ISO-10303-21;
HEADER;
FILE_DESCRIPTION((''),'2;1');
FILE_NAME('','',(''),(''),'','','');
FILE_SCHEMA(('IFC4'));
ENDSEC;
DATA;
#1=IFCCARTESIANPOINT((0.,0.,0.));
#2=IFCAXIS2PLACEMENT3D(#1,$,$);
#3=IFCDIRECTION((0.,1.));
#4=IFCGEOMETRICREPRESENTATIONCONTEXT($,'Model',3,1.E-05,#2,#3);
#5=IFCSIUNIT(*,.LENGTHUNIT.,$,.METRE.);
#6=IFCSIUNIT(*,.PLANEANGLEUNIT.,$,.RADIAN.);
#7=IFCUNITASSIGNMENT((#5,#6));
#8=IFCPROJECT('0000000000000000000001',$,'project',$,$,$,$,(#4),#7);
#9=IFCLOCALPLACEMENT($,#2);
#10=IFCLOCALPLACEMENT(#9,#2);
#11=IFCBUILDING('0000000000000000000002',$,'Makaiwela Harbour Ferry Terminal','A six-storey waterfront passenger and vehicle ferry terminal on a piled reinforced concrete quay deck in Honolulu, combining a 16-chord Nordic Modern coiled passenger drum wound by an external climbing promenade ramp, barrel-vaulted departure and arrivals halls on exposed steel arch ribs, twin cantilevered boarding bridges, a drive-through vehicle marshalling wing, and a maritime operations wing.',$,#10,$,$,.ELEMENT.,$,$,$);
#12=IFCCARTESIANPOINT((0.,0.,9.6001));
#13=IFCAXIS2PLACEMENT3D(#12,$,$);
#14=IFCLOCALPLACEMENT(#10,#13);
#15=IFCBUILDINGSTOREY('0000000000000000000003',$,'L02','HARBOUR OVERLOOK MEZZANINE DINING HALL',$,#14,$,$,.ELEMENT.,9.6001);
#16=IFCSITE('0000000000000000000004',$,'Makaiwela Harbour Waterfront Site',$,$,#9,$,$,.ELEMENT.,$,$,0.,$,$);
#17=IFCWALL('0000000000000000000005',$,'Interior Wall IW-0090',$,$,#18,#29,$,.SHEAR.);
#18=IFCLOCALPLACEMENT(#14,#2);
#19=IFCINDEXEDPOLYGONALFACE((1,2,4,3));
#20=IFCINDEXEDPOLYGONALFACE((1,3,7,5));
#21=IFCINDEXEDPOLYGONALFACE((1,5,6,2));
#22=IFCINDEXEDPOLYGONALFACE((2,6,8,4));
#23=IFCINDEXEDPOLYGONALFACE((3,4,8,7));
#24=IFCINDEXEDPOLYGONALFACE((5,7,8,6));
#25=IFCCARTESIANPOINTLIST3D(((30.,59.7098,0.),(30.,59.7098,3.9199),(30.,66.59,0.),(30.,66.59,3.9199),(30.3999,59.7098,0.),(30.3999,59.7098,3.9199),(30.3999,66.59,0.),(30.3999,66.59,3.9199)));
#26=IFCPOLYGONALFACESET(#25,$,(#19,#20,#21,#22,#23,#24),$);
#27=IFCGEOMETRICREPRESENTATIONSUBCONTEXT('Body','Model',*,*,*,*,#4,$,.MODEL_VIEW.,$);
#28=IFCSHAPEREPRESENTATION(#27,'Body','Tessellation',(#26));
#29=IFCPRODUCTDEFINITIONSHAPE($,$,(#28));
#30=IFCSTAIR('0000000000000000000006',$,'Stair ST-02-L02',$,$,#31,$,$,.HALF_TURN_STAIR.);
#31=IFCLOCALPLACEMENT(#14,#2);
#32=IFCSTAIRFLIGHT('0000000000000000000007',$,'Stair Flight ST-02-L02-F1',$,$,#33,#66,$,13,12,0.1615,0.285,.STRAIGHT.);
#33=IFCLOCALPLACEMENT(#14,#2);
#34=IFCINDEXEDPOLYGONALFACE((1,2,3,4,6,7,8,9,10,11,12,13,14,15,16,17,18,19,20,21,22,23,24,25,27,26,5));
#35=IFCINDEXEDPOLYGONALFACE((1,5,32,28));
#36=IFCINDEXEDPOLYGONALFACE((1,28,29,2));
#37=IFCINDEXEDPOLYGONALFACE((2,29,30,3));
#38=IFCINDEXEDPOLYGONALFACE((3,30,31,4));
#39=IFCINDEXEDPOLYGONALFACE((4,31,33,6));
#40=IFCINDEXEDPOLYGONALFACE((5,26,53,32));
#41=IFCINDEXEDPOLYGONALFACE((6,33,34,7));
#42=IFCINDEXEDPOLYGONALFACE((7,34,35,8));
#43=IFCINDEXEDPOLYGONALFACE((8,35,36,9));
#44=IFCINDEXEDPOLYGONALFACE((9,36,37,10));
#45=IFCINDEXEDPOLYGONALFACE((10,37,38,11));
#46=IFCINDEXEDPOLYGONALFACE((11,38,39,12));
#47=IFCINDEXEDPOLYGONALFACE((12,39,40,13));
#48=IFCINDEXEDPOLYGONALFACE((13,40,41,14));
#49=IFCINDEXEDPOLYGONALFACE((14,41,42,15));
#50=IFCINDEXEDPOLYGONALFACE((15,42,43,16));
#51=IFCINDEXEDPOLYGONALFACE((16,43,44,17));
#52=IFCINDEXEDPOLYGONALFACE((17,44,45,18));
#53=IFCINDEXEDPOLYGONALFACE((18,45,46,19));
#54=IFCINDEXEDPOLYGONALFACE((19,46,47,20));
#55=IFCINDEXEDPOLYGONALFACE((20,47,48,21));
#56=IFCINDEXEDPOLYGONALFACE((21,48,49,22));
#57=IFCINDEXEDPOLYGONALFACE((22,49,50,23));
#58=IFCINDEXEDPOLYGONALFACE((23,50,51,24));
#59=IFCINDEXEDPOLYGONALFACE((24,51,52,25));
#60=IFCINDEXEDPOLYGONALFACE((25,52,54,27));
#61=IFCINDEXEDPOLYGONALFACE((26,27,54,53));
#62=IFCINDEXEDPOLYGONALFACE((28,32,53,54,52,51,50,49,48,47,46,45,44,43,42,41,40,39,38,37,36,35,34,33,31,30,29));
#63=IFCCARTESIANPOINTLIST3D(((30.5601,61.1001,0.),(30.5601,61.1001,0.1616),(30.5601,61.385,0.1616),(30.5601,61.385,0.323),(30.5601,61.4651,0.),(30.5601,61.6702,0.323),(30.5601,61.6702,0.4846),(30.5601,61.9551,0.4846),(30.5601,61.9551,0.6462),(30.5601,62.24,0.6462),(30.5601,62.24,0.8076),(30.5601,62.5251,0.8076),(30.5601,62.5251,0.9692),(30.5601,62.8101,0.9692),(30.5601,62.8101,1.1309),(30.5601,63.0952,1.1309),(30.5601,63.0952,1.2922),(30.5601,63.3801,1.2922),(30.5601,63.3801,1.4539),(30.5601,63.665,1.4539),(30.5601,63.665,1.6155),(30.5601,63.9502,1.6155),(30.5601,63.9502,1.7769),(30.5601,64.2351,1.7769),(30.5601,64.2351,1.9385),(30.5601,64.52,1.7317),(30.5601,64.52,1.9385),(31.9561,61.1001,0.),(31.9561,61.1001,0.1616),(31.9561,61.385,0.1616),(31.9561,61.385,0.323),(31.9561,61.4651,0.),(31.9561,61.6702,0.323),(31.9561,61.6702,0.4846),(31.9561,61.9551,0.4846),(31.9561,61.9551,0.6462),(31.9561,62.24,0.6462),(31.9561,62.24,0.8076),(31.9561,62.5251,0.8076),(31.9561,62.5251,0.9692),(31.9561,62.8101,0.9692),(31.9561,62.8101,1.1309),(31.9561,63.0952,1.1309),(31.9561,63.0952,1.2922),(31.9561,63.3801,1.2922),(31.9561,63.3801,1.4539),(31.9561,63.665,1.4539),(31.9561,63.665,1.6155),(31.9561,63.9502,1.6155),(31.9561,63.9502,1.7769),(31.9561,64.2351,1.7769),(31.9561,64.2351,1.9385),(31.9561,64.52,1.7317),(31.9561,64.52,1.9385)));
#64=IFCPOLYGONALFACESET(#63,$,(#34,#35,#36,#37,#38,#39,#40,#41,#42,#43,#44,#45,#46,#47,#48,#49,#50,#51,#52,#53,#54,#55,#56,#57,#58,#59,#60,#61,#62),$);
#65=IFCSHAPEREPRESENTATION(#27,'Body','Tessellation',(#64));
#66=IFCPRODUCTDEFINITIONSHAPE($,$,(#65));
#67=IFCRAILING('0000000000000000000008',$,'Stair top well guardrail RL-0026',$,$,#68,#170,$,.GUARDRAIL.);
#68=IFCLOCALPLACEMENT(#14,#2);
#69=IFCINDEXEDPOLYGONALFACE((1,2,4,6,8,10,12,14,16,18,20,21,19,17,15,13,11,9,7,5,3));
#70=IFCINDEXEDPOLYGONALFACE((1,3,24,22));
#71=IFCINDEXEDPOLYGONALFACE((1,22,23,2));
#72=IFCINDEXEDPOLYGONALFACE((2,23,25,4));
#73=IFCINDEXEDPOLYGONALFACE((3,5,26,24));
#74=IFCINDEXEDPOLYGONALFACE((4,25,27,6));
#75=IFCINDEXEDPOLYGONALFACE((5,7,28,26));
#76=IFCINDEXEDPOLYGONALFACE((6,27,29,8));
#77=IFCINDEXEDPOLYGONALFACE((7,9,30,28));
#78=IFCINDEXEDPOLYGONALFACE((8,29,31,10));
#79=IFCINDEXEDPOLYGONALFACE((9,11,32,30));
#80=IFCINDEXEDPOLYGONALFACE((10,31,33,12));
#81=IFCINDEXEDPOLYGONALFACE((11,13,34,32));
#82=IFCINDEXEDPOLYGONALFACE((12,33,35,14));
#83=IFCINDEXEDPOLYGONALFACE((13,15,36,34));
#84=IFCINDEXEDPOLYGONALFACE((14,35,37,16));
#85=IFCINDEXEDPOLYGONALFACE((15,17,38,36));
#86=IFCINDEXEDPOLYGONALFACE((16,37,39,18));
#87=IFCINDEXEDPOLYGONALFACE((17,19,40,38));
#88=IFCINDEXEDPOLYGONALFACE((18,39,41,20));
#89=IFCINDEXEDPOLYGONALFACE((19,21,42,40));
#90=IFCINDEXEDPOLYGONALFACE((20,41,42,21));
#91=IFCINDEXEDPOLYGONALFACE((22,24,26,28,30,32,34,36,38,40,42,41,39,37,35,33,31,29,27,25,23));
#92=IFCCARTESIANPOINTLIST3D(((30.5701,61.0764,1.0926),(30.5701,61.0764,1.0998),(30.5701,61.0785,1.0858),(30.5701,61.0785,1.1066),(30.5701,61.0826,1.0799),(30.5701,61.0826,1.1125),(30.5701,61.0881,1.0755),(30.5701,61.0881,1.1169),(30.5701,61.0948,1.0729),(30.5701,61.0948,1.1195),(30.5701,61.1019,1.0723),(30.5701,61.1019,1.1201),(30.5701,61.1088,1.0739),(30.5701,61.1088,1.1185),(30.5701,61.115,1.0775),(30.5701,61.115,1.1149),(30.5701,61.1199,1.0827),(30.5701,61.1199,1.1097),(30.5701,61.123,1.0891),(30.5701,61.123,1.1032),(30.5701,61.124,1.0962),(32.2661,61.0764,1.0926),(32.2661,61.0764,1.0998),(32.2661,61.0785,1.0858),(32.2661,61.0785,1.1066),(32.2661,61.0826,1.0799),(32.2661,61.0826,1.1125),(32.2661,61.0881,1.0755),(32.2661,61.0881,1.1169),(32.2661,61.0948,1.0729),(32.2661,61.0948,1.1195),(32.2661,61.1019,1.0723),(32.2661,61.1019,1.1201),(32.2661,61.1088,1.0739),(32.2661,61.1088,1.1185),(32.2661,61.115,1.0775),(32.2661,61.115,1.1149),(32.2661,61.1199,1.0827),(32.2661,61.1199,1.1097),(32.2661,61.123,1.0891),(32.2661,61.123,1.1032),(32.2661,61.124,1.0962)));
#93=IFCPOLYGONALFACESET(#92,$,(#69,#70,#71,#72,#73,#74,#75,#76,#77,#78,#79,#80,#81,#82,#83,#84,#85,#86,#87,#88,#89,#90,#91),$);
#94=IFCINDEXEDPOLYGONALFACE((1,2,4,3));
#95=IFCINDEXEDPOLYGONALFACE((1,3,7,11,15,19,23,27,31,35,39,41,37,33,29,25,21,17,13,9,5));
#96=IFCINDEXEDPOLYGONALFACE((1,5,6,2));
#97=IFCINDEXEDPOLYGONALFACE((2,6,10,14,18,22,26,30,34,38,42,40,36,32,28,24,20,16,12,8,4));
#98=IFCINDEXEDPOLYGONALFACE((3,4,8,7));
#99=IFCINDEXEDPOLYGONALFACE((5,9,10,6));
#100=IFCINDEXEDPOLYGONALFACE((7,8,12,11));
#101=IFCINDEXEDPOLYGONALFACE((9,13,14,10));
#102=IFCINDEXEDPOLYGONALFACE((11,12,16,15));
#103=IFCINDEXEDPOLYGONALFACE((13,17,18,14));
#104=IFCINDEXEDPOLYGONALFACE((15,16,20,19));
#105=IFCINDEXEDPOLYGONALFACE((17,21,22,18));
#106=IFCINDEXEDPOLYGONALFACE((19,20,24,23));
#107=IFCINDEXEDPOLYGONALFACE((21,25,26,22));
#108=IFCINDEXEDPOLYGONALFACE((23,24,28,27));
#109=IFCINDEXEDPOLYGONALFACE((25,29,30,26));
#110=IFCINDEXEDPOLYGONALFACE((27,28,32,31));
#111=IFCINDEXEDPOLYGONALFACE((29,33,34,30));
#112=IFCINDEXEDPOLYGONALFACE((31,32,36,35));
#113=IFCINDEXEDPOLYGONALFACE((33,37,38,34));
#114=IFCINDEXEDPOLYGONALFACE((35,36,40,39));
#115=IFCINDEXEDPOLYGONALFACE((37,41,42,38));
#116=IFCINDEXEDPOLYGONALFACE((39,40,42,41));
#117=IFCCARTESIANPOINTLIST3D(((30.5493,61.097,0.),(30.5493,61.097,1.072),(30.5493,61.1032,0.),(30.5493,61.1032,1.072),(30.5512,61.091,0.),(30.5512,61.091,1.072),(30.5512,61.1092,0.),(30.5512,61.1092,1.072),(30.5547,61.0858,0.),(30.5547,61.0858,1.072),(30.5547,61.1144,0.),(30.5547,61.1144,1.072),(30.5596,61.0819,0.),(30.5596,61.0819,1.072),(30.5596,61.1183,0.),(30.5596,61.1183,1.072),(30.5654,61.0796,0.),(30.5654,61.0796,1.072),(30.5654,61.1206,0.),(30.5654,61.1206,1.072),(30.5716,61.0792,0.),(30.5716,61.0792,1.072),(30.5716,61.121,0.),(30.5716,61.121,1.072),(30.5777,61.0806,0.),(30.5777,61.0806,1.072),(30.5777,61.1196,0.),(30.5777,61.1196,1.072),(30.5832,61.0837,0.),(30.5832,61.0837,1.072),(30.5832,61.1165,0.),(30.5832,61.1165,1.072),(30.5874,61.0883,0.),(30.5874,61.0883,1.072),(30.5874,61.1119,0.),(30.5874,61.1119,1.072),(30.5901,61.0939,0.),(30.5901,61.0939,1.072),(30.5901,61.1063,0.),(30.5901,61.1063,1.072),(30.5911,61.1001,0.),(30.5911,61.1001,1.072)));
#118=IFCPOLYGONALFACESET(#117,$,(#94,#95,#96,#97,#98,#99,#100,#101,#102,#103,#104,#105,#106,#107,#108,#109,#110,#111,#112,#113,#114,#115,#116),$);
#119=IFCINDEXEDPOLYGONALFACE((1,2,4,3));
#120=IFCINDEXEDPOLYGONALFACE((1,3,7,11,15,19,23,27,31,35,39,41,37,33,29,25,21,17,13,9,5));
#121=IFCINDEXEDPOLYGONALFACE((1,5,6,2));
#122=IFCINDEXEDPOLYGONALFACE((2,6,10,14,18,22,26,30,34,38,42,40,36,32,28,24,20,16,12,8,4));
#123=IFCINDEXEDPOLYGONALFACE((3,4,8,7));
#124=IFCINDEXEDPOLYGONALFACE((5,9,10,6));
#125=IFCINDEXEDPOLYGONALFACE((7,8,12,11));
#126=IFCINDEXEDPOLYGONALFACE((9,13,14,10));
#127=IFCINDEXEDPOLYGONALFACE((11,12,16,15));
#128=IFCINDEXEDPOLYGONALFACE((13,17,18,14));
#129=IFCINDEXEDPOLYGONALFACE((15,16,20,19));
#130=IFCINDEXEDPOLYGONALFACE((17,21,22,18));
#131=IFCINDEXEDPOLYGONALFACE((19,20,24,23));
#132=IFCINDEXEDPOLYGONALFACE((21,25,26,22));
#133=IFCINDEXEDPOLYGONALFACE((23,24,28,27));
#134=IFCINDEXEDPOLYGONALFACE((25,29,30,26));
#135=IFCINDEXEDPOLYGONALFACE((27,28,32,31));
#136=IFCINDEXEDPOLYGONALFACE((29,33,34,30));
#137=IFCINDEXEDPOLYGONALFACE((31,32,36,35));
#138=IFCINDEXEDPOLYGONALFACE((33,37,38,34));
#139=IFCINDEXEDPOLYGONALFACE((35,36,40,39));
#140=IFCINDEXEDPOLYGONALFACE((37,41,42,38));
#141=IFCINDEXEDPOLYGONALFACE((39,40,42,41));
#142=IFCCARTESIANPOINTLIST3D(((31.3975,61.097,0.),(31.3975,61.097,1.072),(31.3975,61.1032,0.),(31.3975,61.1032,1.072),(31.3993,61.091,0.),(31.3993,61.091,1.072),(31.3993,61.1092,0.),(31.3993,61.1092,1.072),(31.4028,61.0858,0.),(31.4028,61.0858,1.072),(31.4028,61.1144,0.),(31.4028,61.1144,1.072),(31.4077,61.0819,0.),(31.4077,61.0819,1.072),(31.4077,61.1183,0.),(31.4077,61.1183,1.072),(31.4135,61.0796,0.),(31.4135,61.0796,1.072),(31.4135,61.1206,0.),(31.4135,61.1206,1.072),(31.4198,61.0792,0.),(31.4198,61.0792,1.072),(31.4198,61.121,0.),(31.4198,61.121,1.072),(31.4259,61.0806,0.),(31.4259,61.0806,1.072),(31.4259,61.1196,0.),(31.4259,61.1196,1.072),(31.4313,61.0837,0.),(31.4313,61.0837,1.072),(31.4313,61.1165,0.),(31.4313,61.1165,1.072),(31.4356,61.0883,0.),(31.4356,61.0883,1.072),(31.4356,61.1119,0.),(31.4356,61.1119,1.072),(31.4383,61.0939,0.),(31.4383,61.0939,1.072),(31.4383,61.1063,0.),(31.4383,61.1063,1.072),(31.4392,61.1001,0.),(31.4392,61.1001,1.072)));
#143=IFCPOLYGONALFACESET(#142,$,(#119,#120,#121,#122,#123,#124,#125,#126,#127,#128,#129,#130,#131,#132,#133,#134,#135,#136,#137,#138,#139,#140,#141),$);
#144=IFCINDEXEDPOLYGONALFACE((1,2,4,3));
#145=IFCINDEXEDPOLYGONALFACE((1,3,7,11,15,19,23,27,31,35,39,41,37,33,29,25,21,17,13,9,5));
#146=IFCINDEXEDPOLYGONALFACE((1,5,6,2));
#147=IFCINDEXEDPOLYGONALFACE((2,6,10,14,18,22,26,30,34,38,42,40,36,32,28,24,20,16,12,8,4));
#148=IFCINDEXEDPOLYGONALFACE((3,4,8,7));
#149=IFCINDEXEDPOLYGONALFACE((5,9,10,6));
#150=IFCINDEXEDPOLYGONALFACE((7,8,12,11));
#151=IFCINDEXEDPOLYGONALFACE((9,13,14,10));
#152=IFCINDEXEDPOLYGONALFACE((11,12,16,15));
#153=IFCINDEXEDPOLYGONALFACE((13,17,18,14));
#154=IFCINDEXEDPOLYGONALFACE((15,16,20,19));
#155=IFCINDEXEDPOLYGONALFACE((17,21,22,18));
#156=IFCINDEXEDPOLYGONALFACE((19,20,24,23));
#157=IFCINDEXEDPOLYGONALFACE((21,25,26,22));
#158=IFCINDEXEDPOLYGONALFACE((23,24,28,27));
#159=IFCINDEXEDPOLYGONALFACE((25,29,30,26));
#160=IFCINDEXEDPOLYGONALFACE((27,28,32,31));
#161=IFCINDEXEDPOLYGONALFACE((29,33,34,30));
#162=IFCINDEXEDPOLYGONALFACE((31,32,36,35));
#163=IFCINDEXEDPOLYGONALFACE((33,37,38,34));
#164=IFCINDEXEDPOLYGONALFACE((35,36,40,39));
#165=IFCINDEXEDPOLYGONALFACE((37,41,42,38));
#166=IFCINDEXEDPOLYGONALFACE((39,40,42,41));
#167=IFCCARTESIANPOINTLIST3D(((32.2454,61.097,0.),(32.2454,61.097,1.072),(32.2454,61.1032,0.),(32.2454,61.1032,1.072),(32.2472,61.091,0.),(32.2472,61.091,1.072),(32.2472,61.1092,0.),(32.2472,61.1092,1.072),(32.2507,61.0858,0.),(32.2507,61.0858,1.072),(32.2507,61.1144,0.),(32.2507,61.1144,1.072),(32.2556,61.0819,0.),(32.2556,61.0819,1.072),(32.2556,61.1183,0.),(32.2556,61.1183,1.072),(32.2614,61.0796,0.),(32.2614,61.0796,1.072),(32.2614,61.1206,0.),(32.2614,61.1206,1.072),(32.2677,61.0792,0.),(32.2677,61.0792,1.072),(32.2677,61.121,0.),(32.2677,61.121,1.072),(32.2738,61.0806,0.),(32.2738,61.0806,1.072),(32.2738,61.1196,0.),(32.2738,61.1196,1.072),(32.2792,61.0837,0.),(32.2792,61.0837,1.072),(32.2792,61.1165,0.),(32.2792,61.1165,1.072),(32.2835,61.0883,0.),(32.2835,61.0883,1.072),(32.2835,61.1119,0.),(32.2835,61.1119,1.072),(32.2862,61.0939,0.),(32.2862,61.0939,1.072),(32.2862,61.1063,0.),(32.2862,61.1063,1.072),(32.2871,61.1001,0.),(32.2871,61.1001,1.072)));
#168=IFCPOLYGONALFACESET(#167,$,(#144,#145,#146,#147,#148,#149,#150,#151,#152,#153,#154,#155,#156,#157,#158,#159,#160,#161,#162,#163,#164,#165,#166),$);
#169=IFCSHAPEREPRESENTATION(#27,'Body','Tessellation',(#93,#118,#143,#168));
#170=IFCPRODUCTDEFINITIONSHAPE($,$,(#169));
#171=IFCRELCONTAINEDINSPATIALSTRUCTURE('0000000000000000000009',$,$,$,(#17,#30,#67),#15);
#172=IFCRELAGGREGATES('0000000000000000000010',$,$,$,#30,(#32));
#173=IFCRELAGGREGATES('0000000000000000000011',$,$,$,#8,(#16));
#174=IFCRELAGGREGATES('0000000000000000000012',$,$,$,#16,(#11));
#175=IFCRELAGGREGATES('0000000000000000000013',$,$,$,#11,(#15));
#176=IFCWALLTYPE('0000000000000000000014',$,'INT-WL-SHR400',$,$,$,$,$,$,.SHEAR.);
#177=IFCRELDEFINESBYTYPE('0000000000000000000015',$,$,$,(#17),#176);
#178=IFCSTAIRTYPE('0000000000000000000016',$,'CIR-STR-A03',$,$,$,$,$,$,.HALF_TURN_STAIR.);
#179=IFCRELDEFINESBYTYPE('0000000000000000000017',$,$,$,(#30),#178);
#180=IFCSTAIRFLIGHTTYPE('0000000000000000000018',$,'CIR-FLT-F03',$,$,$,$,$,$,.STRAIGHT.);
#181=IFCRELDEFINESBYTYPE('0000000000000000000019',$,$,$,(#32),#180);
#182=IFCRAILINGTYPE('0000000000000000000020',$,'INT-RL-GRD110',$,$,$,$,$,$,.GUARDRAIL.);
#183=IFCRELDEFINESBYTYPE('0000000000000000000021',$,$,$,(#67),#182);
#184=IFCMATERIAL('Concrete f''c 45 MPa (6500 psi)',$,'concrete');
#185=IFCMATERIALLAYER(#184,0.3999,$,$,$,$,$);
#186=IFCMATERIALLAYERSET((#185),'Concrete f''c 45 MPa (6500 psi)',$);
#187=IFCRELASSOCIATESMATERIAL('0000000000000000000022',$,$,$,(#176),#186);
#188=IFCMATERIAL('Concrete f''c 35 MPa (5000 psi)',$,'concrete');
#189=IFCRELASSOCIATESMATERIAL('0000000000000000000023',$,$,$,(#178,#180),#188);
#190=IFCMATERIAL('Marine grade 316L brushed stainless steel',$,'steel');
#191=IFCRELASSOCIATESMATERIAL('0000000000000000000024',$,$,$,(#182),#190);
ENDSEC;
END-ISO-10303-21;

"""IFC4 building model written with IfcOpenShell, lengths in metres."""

from ifc_helpers import new_model, si_unit, direction, frame, frame_2d, origin, origin_2d, place, context, subcontext, project, spatial, polyline, rectangle, circle, outline, extrude, material, layer, layer_set, type_object, element, aggregate, save


model = new_model("IFC4")

# Units and contexts
model_context = context("Model", 3, precision=1e-05, world=origin(), true_north=direction((0.0, 1.0)))
body_context = subcontext(model_context, "Body", "Model", "MODEL_VIEW")
ifc_project = project(units=[si_unit("LENGTHUNIT", "METRE"), si_unit("PLANEANGLEUNIT", "RADIAN")], contexts=[model_context])

# Site, building, storey
site_placement = place(None, origin())
site = spatial("IfcSite", under=ifc_project, at=site_placement, Name="Makaiwela Harbour Waterfront Site", CompositionType="ELEMENT", RefElevation=0.0)
building_placement = place(site_placement, origin())
building = spatial("IfcBuilding", under=site, at=building_placement, Name="Makaiwela Harbour Ferry Terminal", Description="A six-storey waterfront passenger and vehicle ferry terminal on a piled reinforced concrete quay deck in Honolulu, combining a 16-chord Nordic Modern coiled passenger drum wound by an external climbing promenade ramp, barrel-vaulted departure and arrivals halls on exposed steel arch ribs, twin cantilevered boarding bridges, a drive-through vehicle marshalling wing, and a maritime operations wing.", CompositionType="ELEMENT")
storey_placement = place(building_placement, frame((0.0, 0.0, 9.6001)))
storey = spatial("IfcBuildingStorey", under=building, at=storey_placement, Name="L02", Description="HARBOUR OVERLOOK MEZZANINE DINING HALL", CompositionType="ELEMENT", Elevation=9.6001)

# Shared definitions
ifc_material_1 = material(Name="Concrete f'c 45 MPa (6500 psi)", Category="concrete")
ifc_layer_1 = layer(ifc_material_1, 0.3999)
ifc_layer_set_1 = layer_set([ifc_layer_1], Name="Concrete f'c 45 MPa (6500 psi)")
wall_type_1 = type_object("IfcWallType", Name="INT-WL-SHR400", PredefinedType="SHEAR", material=ifc_layer_set_1)
ifc_material_2 = material(Name="Marine grade 316L brushed stainless steel", Category="steel")

# Wall
wall_1_placement = place(storey_placement, frame((30.2, 59.71, 0.0), z_axis=(0.0, 0.0, 1.0), x_axis=(0.0, 1.0, 0.0)))
element("IfcWall", 1, at=wall_1_placement, inside=storey, type_object=wall_type_1, Name="Interior Wall IW-0090", PredefinedType="SHEAR", context=body_context, shape_type="SweptSolid", body=[
    extrude(rectangle(XDim=6.8801, YDim=0.3999, at=frame_2d((3.4399, 0.0))), origin(), (0.0, 0.0, 1.0), 3.9199),
])

# Stair, stair flight
ifc_material_3 = material(Name="Concrete f'c 35 MPa (5000 psi)", Category="concrete")
stair_type = type_object("IfcStairType", Name="CIR-STR-A03", PredefinedType="HALF_TURN_STAIR", material=ifc_material_3)
stair_placement = place(storey_placement, origin())
stair = element("IfcStair", 2, at=stair_placement, inside=storey, type_object=stair_type, Name="Stair ST-02-L02", PredefinedType="HALF_TURN_STAIR")
stair_flight_type = type_object("IfcStairFlightType", Name="CIR-FLT-F03", PredefinedType="STRAIGHT", material=ifc_material_3)
stair_flight_placement = place(storey_placement, frame((31.2581, 61.1001, 0.0), z_axis=(0.0, 0.0, 1.0), x_axis=(0.0, 1.0, 0.0)))
stair_flight = element("IfcStairFlight", 3, at=stair_flight_placement, type_object=stair_flight_type, Name="Stair Flight ST-02-L02-F1", NumberOfRisers=13, NumberOfTreads=12, PredefinedType="STRAIGHT", RiserHeight=0.1615, TreadLength=0.285, context=body_context, shape_type="SweptSolid", body=[
    extrude(outline(polyline([(0.0, 0.0), (0.0, 0.1616), (0.2849, 0.1616), (0.2849, 0.323), (0.5701, 0.323), (0.5701, 0.4846), (0.855, 0.4846), (0.855, 0.6462), (1.1399, 0.6462), (1.1399, 0.8076), (1.425, 0.8076), (1.425, 0.9692), (1.71, 0.9692), (1.71, 1.1309), (1.9951, 1.1309), (1.9951, 1.2922), (2.28, 1.2922), (2.28, 1.4539), (2.5649, 1.4539), (2.5649, 1.6155), (2.8501, 1.6155), (2.8501, 1.7769), (3.135, 1.7769), (3.135, 1.9385), (3.4199, 1.9385), (3.4199, 2.1001), (3.4199, 1.7317), (0.365, 0.0), (0.0, 0.0)])), frame((0.0, 0.698, 0.0), z_axis=(0.0, -1.0, 0.0), x_axis=(1.0, 0.0, 0.0)), (0.0, 0.0, 1.0), 1.396),
])
aggregate(stair, [stair_flight])

# Railing
railing_type_1 = type_object("IfcRailingType", Name="INT-RL-GRD110", PredefinedType="GUARDRAIL", material=ifc_material_2)
railing_1_placement = place(storey_placement, frame((30.5701, 61.1001, 0.0)))
element("IfcRailing", 4, at=railing_1_placement, inside=storey, type_object=railing_type_1, Name="Stair top well guardrail RL-0026", PredefinedType="GUARDRAIL", context=body_context, shape_type="SweptSolid", body=[
    extrude(circle(Radius=0.0239, at=origin_2d()), frame((0.0, 0.0, 1.0962), z_axis=(1.0, 0.0, 0.0), x_axis=(0.0, 1.0, 0.0)), (0.0, 0.0, 1.0), 1.696),
    extrude(circle(Radius=0.021, at=origin_2d()), origin(), (0.0, 0.0, 1.0), 1.072),
    extrude(circle(Radius=0.021, at=origin_2d()), frame((0.8481, 0.0, 0.0)), (0.0, 0.0, 1.0), 1.072),
    extrude(circle(Radius=0.021, at=origin_2d()), frame((1.696, 0.0, 0.0)), (0.0, 0.0, 1.0), 1.072),
])

save(model, "model.ifc")
